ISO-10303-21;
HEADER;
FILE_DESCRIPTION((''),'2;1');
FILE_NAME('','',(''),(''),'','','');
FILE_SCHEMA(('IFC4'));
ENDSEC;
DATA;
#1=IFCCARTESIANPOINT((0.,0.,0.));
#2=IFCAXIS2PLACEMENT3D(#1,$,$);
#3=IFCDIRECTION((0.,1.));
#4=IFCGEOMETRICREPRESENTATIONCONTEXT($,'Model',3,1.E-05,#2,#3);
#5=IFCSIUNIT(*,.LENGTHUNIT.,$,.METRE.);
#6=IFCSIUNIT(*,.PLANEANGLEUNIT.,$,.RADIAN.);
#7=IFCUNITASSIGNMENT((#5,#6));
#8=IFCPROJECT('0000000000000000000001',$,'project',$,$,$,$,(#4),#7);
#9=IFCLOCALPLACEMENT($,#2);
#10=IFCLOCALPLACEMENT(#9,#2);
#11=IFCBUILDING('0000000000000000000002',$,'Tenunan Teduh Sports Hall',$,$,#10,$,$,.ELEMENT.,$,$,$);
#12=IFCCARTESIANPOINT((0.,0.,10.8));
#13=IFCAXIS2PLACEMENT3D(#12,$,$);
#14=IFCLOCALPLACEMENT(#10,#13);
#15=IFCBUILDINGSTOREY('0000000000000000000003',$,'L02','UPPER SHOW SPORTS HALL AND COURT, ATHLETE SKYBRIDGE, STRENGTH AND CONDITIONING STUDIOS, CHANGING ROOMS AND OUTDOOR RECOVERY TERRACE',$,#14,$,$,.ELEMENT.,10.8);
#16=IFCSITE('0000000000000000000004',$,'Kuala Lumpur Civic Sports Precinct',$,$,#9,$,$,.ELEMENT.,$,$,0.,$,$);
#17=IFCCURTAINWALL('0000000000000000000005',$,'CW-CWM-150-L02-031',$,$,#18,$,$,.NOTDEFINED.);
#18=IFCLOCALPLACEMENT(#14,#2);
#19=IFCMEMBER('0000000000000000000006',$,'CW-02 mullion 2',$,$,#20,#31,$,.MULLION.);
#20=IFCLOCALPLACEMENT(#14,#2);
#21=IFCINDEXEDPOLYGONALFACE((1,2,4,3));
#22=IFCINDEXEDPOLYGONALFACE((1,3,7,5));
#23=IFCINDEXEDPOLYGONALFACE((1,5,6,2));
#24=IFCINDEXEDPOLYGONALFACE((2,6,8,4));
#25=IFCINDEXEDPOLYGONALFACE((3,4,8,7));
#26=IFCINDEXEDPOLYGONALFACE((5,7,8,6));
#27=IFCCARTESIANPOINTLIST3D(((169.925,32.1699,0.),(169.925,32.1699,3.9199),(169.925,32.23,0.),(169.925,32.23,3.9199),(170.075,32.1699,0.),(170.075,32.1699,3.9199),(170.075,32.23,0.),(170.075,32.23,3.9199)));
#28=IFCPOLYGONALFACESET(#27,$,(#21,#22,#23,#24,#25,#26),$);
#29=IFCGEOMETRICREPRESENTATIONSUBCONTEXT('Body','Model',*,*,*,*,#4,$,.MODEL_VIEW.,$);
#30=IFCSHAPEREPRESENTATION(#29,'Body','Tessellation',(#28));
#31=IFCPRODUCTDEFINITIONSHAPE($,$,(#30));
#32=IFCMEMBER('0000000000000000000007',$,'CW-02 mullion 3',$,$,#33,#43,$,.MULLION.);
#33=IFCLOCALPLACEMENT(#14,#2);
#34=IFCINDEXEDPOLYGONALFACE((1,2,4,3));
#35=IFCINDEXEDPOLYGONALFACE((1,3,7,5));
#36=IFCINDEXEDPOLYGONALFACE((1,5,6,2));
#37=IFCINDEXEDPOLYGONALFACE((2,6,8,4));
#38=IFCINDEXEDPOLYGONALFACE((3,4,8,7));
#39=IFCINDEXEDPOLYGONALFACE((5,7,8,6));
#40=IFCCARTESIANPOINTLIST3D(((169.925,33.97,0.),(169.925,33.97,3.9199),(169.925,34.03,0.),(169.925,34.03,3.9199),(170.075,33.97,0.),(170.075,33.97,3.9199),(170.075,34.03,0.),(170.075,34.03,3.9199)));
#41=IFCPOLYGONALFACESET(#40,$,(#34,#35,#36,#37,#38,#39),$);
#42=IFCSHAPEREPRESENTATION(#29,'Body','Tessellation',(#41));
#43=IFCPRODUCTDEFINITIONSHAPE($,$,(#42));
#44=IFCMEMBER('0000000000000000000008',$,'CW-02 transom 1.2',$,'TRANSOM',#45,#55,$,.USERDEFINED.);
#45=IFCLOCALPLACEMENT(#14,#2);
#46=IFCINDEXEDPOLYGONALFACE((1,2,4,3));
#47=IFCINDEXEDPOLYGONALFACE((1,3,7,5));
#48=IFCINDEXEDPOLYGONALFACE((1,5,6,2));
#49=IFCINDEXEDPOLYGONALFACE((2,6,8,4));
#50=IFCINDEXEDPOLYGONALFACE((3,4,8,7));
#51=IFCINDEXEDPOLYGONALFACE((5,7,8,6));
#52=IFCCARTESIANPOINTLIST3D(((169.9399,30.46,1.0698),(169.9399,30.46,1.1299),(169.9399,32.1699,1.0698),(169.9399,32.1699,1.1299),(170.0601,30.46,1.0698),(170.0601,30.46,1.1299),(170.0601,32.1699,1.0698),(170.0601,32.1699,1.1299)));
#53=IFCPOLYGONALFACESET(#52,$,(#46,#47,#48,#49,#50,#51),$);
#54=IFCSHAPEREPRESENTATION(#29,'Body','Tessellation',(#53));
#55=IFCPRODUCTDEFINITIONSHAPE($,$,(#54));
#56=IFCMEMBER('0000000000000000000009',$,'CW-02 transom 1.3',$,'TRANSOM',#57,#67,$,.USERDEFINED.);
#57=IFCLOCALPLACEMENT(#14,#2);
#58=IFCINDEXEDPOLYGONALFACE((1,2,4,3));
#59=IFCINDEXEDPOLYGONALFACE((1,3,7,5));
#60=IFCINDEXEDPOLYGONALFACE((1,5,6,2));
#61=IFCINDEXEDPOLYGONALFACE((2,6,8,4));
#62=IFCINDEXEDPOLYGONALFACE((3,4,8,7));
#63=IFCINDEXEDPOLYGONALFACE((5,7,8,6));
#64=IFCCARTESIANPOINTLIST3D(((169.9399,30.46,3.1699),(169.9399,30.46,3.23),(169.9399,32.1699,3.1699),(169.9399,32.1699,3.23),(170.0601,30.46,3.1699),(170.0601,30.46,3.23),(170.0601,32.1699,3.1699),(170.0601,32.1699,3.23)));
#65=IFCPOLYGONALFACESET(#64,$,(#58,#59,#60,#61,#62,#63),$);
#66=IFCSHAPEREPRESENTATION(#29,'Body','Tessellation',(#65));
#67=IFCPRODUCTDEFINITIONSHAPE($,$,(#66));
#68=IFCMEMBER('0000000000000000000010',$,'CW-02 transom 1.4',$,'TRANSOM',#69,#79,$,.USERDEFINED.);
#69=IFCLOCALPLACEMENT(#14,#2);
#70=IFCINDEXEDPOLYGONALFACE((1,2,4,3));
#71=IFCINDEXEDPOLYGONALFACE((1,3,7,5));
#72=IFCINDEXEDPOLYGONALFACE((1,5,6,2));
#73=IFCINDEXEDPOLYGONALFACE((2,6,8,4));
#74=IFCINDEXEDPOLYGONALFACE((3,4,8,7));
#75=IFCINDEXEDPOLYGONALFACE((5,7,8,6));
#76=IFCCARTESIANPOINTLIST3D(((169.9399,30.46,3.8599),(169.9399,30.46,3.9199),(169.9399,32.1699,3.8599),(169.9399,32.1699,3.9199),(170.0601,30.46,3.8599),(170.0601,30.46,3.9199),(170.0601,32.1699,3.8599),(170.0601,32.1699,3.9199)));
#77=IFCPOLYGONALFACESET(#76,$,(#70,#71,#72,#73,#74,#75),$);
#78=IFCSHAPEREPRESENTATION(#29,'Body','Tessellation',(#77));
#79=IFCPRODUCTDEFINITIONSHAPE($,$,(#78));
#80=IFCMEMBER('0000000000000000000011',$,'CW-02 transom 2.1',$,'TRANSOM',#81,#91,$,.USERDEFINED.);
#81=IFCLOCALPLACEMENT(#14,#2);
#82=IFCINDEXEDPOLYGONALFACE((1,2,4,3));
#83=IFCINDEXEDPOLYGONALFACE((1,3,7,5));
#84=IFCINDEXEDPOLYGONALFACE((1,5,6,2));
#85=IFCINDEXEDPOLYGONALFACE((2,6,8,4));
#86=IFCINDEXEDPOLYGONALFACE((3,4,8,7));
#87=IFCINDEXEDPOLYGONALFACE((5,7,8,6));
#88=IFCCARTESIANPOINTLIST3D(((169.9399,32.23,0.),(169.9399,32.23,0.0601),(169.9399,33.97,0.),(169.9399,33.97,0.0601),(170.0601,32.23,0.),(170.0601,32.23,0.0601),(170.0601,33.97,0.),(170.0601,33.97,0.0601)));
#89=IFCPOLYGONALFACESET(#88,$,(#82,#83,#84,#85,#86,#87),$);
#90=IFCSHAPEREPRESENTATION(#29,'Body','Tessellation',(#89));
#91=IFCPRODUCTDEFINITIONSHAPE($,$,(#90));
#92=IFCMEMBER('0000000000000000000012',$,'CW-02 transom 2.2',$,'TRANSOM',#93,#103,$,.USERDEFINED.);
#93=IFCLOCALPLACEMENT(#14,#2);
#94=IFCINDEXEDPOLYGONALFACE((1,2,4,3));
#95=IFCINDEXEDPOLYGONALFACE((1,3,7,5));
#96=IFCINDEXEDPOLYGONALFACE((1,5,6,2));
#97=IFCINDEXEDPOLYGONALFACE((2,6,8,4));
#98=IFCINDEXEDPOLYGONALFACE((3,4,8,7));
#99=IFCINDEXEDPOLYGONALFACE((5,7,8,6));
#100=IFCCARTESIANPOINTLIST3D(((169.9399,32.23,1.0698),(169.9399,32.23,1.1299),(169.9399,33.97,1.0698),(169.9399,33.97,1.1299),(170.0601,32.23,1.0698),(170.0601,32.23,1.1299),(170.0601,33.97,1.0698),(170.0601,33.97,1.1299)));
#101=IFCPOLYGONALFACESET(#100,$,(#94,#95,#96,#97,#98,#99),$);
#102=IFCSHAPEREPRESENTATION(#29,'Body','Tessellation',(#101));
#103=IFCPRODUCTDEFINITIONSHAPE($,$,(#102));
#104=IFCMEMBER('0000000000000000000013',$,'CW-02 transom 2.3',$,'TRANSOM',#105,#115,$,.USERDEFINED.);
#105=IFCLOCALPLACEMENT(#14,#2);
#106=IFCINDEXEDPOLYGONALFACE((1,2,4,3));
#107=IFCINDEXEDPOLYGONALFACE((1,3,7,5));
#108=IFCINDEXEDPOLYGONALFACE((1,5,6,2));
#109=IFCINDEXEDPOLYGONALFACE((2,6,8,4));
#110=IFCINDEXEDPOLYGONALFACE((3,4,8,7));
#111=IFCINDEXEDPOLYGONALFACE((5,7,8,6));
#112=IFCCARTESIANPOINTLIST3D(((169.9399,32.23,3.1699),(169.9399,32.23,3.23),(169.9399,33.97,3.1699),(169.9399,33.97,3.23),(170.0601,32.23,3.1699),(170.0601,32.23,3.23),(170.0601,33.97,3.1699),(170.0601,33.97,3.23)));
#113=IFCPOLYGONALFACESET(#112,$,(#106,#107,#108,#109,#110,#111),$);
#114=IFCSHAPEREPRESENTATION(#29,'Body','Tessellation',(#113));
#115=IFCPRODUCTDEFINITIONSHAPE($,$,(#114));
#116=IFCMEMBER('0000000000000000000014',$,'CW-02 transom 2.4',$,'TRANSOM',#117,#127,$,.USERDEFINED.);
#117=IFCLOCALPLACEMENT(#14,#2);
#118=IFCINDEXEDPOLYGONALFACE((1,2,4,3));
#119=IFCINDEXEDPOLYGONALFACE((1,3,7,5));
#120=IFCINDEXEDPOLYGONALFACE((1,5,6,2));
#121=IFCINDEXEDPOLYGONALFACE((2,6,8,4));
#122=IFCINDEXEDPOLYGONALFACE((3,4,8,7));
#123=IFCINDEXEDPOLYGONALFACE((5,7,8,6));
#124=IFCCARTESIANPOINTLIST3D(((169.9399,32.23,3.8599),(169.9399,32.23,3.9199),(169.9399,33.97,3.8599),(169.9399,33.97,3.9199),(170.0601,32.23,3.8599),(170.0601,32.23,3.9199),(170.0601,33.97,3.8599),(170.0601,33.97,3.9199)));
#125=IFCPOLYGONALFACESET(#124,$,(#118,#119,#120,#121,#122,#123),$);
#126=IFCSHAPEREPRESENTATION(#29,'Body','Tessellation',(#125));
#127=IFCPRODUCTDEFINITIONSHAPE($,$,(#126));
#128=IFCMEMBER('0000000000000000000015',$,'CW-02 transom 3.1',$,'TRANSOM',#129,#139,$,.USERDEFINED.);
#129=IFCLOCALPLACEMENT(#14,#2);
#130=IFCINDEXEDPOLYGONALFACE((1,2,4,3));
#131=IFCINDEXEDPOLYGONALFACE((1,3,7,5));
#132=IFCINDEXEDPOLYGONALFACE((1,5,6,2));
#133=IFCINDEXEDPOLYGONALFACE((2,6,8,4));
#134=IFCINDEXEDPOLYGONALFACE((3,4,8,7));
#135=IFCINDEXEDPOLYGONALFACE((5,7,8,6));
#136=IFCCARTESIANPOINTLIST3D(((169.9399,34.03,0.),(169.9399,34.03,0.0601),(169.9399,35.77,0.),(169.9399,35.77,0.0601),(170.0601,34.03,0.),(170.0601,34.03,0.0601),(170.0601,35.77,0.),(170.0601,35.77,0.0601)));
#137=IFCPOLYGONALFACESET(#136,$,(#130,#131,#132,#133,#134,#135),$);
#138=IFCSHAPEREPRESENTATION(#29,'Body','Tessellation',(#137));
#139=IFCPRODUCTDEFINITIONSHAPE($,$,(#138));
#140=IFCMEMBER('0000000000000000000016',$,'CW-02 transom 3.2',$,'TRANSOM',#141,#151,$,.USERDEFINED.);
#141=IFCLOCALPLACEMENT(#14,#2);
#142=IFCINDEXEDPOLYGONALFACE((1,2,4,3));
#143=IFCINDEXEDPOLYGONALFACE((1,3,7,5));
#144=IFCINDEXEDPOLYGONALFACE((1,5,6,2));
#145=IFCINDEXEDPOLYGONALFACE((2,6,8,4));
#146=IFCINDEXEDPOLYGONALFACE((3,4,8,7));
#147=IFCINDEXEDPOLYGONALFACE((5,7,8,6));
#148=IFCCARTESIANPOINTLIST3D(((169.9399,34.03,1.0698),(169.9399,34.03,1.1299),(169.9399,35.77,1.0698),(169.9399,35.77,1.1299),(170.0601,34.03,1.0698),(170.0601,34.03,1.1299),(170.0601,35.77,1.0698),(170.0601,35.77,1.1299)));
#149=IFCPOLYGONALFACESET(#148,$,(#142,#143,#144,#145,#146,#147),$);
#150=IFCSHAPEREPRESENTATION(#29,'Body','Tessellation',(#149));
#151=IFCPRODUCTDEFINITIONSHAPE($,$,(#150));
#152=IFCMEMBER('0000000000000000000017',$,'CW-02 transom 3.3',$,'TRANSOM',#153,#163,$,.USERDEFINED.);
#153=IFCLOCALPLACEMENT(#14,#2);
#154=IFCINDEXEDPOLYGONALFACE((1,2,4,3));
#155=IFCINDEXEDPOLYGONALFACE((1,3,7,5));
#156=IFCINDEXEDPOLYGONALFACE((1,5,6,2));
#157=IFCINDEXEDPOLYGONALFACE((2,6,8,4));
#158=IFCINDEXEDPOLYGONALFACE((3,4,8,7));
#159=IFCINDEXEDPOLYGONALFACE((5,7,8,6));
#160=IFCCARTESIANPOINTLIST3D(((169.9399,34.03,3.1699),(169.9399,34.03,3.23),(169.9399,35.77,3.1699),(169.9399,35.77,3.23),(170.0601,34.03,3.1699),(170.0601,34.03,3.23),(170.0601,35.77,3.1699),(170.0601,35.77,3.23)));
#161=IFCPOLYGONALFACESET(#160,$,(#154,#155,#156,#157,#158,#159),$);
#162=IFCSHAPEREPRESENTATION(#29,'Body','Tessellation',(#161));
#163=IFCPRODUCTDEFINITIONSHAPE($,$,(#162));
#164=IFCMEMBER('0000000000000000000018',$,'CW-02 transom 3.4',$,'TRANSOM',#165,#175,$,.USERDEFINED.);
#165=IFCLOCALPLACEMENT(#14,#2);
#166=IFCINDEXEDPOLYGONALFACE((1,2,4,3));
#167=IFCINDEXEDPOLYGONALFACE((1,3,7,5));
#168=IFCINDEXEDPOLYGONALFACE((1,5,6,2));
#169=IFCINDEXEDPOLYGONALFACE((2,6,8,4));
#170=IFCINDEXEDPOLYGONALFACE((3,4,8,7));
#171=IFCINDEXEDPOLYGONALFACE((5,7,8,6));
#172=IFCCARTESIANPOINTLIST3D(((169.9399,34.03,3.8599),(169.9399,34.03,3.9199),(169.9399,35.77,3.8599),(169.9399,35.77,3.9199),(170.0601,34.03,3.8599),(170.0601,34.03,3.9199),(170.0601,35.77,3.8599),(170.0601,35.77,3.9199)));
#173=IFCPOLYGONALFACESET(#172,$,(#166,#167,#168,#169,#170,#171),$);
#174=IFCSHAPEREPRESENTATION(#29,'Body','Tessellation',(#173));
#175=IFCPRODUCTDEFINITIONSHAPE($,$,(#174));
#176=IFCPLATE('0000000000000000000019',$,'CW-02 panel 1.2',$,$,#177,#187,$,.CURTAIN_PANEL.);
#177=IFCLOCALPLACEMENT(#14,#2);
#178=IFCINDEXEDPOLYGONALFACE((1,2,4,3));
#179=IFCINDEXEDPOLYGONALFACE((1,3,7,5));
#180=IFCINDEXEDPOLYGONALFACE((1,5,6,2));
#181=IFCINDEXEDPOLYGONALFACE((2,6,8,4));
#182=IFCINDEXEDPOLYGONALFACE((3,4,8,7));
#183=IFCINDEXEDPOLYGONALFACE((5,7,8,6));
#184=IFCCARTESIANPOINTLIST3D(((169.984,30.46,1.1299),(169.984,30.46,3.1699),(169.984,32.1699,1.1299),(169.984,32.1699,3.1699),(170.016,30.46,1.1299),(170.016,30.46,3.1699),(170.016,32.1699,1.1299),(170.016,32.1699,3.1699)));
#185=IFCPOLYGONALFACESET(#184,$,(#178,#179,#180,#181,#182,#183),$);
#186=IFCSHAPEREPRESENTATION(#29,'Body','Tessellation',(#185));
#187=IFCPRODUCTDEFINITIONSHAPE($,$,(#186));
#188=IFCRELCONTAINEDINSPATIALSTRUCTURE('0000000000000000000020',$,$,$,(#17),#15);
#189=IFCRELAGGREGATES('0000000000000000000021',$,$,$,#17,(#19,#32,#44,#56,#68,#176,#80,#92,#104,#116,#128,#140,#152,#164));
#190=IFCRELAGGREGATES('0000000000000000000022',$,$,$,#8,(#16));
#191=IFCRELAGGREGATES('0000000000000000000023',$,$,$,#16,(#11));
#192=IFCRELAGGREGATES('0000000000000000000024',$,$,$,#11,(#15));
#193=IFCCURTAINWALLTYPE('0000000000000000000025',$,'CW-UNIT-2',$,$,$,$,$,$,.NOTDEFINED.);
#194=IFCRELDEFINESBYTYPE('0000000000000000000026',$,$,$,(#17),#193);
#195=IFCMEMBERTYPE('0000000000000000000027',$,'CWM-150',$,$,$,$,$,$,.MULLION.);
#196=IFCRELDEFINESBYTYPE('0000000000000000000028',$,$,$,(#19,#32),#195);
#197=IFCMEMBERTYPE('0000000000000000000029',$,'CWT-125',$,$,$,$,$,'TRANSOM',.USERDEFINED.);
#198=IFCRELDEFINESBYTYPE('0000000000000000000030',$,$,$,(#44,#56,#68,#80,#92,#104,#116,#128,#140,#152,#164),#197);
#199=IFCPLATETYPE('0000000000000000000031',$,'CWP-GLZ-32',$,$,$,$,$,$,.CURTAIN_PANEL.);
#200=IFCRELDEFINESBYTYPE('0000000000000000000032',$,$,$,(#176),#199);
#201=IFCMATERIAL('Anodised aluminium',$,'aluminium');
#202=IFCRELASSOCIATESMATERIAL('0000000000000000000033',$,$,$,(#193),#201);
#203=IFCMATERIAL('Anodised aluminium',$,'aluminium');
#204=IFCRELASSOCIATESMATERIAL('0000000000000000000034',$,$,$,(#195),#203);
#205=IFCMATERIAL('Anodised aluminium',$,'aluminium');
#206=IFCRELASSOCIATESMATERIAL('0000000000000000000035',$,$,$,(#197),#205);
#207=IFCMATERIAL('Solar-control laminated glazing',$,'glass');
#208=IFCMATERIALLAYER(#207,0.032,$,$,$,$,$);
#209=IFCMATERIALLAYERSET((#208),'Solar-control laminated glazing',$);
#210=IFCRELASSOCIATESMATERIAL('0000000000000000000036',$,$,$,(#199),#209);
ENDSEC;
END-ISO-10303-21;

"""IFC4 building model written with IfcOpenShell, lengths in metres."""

from ifc_helpers import new_model, si_unit, direction, frame, origin, origin_2d, place, context, subcontext, project, spatial, rectangle, extrude, material, layer, layer_set, material_profile, profile_set, type_object, element, aggregate, save


model = new_model("IFC4")

# Units and contexts
model_context = context("Model", 3, precision=1e-05, world=origin(), true_north=direction((0.0, 1.0)))
body_context = subcontext(model_context, "Body", "Model", "MODEL_VIEW")
ifc_project = project(units=[si_unit("LENGTHUNIT", "METRE"), si_unit("PLANEANGLEUNIT", "RADIAN")], contexts=[model_context])

# Site, building, storey
site_placement = place(None, origin())
site = spatial("IfcSite", under=ifc_project, at=site_placement, Name="Kuala Lumpur Civic Sports Precinct", CompositionType="ELEMENT", RefElevation=0.0)
building_placement = place(site_placement, origin())
building = spatial("IfcBuilding", under=site, at=building_placement, Name="Tenunan Teduh Sports Hall", CompositionType="ELEMENT")
storey_placement = place(building_placement, frame((0.0, 0.0, 10.8)))
storey = spatial("IfcBuildingStorey", under=building, at=storey_placement, Name="L02", Description="UPPER SHOW SPORTS HALL AND COURT, ATHLETE SKYBRIDGE, STRENGTH AND CONDITIONING STUDIOS, CHANGING ROOMS AND OUTDOOR RECOVERY TERRACE", CompositionType="ELEMENT", Elevation=10.8)

# Curtain wall, members, plate
ifc_material_1 = material(Name="Anodised aluminium", Category="aluminium")
curtain_wall_type = type_object("IfcCurtainWallType", Name="CW-UNIT-2", PredefinedType="NOTDEFINED", material=ifc_material_1)
curtain_wall_placement = place(storey_placement, origin())
curtain_wall = element("IfcCurtainWall", 1, at=curtain_wall_placement, inside=storey, type_object=curtain_wall_type, Name="CW-CWM-150-L02-031", PredefinedType="NOTDEFINED")
ifc_material_2 = material(Name="Anodised aluminium", Category="aluminium")
ifc_material_profile_1 = material_profile(ifc_material_2, rectangle(XDim=0.0601, YDim=0.1499, at=origin_2d()), Name="CWM 60x150")
ifc_profile_set_1 = profile_set([ifc_material_profile_1], Name="Anodised aluminium")
member_type_1 = type_object("IfcMemberType", Name="CWM-150", PredefinedType="MULLION", material=ifc_profile_set_1)
member_1_placement = place(storey_placement, frame((170.0, 32.2, 0.0), z_axis=(0.0, 0.0, 1.0), x_axis=(0.0, 1.0, 0.0)))
member_1 = element("IfcMember", 2, at=member_1_placement, type_object=member_type_1, Name="CW-02 mullion 2", PredefinedType="MULLION", context=body_context, shape_type="SweptSolid", body=[
    extrude(rectangle(XDim=0.0601, YDim=0.1499, at=origin_2d()), origin(), (0.0, 0.0, 1.0), 3.9199),
])
member_2_placement = place(storey_placement, frame((170.0, 34.0, 0.0), z_axis=(0.0, 0.0, 1.0), x_axis=(0.0, 1.0, 0.0)))
member_2 = element("IfcMember", 3, at=member_2_placement, type_object=member_type_1, Name="CW-02 mullion 3", PredefinedType="MULLION", context=body_context, shape_type="SweptSolid", body=[
    extrude(rectangle(XDim=0.0601, YDim=0.1499, at=origin_2d()), origin(), (0.0, 0.0, 1.0), 3.9199),
])
ifc_material_3 = material(Name="Anodised aluminium", Category="aluminium")
ifc_material_profile_2 = material_profile(ifc_material_3, rectangle(XDim=0.0601, YDim=0.1201, at=origin_2d()), Name="CWT 60x120")
ifc_profile_set_2 = profile_set([ifc_material_profile_2], Name="Anodised aluminium")
member_type_2 = type_object("IfcMemberType", Name="CWT-125", ElementType="TRANSOM", PredefinedType="USERDEFINED", material=ifc_profile_set_2)
member_3_placement = place(storey_placement, frame((170.0, 30.46, 1.0999), z_axis=(0.0, 1.0, 0.0), x_axis=(0.0, 0.0, 1.0)))
member_3 = element("IfcMember", 4, at=member_3_placement, type_object=member_type_2, Name="CW-02 transom 1.2", ObjectType="TRANSOM", PredefinedType="USERDEFINED", context=body_context, shape_type="SweptSolid", body=[
    extrude(rectangle(XDim=0.0601, YDim=0.1201, at=origin_2d()), origin(), (0.0, 0.0, 1.0), 1.71),
])
member_4_placement = place(storey_placement, frame((170.0, 30.46, 3.2), z_axis=(0.0, 1.0, 0.0), x_axis=(0.0, 0.0, 1.0)))
member_4 = element("IfcMember", 5, at=member_4_placement, type_object=member_type_2, Name="CW-02 transom 1.3", ObjectType="TRANSOM", PredefinedType="USERDEFINED", context=body_context, shape_type="SweptSolid", body=[
    extrude(rectangle(XDim=0.0601, YDim=0.1201, at=origin_2d()), origin(), (0.0, 0.0, 1.0), 1.71),
])
member_5_placement = place(storey_placement, frame((170.0, 30.46, 3.8899), z_axis=(0.0, 1.0, 0.0), x_axis=(0.0, 0.0, 1.0)))
member_5 = element("IfcMember", 6, at=member_5_placement, type_object=member_type_2, Name="CW-02 transom 1.4", ObjectType="TRANSOM", PredefinedType="USERDEFINED", context=body_context, shape_type="SweptSolid", body=[
    extrude(rectangle(XDim=0.0601, YDim=0.1201, at=origin_2d()), origin(), (0.0, 0.0, 1.0), 1.71),
])
member_6_placement = place(storey_placement, frame((170.0, 32.23, 0.03), z_axis=(0.0, 1.0, 0.0), x_axis=(0.0, 0.0, 1.0)))
member_6 = element("IfcMember", 7, at=member_6_placement, type_object=member_type_2, Name="CW-02 transom 2.1", ObjectType="TRANSOM", PredefinedType="USERDEFINED", context=body_context, shape_type="SweptSolid", body=[
    extrude(rectangle(XDim=0.0601, YDim=0.1201, at=origin_2d()), origin(), (0.0, 0.0, 1.0), 1.74),
])
member_7_placement = place(storey_placement, frame((170.0, 32.23, 1.0999), z_axis=(0.0, 1.0, 0.0), x_axis=(0.0, 0.0, 1.0)))
member_7 = element("IfcMember", 8, at=member_7_placement, type_object=member_type_2, Name="CW-02 transom 2.2", ObjectType="TRANSOM", PredefinedType="USERDEFINED", context=body_context, shape_type="SweptSolid", body=[
    extrude(rectangle(XDim=0.0601, YDim=0.1201, at=origin_2d()), origin(), (0.0, 0.0, 1.0), 1.74),
])
member_8_placement = place(storey_placement, frame((170.0, 32.23, 3.2), z_axis=(0.0, 1.0, 0.0), x_axis=(0.0, 0.0, 1.0)))
member_8 = element("IfcMember", 9, at=member_8_placement, type_object=member_type_2, Name="CW-02 transom 2.3", ObjectType="TRANSOM", PredefinedType="USERDEFINED", context=body_context, shape_type="SweptSolid", body=[
    extrude(rectangle(XDim=0.0601, YDim=0.1201, at=origin_2d()), origin(), (0.0, 0.0, 1.0), 1.74),
])
member_9_placement = place(storey_placement, frame((170.0, 32.23, 3.8899), z_axis=(0.0, 1.0, 0.0), x_axis=(0.0, 0.0, 1.0)))
member_9 = element("IfcMember", 10, at=member_9_placement, type_object=member_type_2, Name="CW-02 transom 2.4", ObjectType="TRANSOM", PredefinedType="USERDEFINED", context=body_context, shape_type="SweptSolid", body=[
    extrude(rectangle(XDim=0.0601, YDim=0.1201, at=origin_2d()), origin(), (0.0, 0.0, 1.0), 1.74),
])
member_10_placement = place(storey_placement, frame((170.0, 34.03, 0.03), z_axis=(0.0, 1.0, 0.0), x_axis=(0.0, 0.0, 1.0)))
member_10 = element("IfcMember", 11, at=member_10_placement, type_object=member_type_2, Name="CW-02 transom 3.1", ObjectType="TRANSOM", PredefinedType="USERDEFINED", context=body_context, shape_type="SweptSolid", body=[
    extrude(rectangle(XDim=0.0601, YDim=0.1201, at=origin_2d()), origin(), (0.0, 0.0, 1.0), 1.74),
])
member_11_placement = place(storey_placement, frame((170.0, 34.03, 1.0999), z_axis=(0.0, 1.0, 0.0), x_axis=(0.0, 0.0, 1.0)))
member_11 = element("IfcMember", 12, at=member_11_placement, type_object=member_type_2, Name="CW-02 transom 3.2", ObjectType="TRANSOM", PredefinedType="USERDEFINED", context=body_context, shape_type="SweptSolid", body=[
    extrude(rectangle(XDim=0.0601, YDim=0.1201, at=origin_2d()), origin(), (0.0, 0.0, 1.0), 1.74),
])
member_12_placement = place(storey_placement, frame((170.0, 34.03, 3.2), z_axis=(0.0, 1.0, 0.0), x_axis=(0.0, 0.0, 1.0)))
member_12 = element("IfcMember", 13, at=member_12_placement, type_object=member_type_2, Name="CW-02 transom 3.3", ObjectType="TRANSOM", PredefinedType="USERDEFINED", context=body_context, shape_type="SweptSolid", body=[
    extrude(rectangle(XDim=0.0601, YDim=0.1201, at=origin_2d()), origin(), (0.0, 0.0, 1.0), 1.74),
])
member_13_placement = place(storey_placement, frame((170.0, 34.03, 3.8899), z_axis=(0.0, 1.0, 0.0), x_axis=(0.0, 0.0, 1.0)))
member_13 = element("IfcMember", 14, at=member_13_placement, type_object=member_type_2, Name="CW-02 transom 3.4", ObjectType="TRANSOM", PredefinedType="USERDEFINED", context=body_context, shape_type="SweptSolid", body=[
    extrude(rectangle(XDim=0.0601, YDim=0.1201, at=origin_2d()), origin(), (0.0, 0.0, 1.0), 1.74),
])
ifc_material_4 = material(Name="Solar-control laminated glazing", Category="glass")
ifc_layer_1 = layer(ifc_material_4, 0.032)
ifc_layer_set_1 = layer_set([ifc_layer_1], Name="Solar-control laminated glazing")
plate_type_1 = type_object("IfcPlateType", Name="CWP-GLZ-32", PredefinedType="CURTAIN_PANEL", material=ifc_layer_set_1)
plate_1_placement = place(storey_placement, frame((170.0, 31.3149, 1.1299), z_axis=(0.0, 0.0, 1.0), x_axis=(0.0, 1.0, 0.0)))
plate_1 = element("IfcPlate", 15, at=plate_1_placement, type_object=plate_type_1, Name="CW-02 panel 1.2", PredefinedType="CURTAIN_PANEL", context=body_context, shape_type="SweptSolid", body=[
    extrude(rectangle(XDim=1.71, YDim=0.032, at=origin_2d()), origin(), (0.0, 0.0, 1.0), 2.04),
])
aggregate(curtain_wall, [member_1, member_2, member_3, member_4, member_5, plate_1, member_6, member_7, member_8, member_9, member_10, member_11, member_12, member_13])

save(model, "model.ifc")
